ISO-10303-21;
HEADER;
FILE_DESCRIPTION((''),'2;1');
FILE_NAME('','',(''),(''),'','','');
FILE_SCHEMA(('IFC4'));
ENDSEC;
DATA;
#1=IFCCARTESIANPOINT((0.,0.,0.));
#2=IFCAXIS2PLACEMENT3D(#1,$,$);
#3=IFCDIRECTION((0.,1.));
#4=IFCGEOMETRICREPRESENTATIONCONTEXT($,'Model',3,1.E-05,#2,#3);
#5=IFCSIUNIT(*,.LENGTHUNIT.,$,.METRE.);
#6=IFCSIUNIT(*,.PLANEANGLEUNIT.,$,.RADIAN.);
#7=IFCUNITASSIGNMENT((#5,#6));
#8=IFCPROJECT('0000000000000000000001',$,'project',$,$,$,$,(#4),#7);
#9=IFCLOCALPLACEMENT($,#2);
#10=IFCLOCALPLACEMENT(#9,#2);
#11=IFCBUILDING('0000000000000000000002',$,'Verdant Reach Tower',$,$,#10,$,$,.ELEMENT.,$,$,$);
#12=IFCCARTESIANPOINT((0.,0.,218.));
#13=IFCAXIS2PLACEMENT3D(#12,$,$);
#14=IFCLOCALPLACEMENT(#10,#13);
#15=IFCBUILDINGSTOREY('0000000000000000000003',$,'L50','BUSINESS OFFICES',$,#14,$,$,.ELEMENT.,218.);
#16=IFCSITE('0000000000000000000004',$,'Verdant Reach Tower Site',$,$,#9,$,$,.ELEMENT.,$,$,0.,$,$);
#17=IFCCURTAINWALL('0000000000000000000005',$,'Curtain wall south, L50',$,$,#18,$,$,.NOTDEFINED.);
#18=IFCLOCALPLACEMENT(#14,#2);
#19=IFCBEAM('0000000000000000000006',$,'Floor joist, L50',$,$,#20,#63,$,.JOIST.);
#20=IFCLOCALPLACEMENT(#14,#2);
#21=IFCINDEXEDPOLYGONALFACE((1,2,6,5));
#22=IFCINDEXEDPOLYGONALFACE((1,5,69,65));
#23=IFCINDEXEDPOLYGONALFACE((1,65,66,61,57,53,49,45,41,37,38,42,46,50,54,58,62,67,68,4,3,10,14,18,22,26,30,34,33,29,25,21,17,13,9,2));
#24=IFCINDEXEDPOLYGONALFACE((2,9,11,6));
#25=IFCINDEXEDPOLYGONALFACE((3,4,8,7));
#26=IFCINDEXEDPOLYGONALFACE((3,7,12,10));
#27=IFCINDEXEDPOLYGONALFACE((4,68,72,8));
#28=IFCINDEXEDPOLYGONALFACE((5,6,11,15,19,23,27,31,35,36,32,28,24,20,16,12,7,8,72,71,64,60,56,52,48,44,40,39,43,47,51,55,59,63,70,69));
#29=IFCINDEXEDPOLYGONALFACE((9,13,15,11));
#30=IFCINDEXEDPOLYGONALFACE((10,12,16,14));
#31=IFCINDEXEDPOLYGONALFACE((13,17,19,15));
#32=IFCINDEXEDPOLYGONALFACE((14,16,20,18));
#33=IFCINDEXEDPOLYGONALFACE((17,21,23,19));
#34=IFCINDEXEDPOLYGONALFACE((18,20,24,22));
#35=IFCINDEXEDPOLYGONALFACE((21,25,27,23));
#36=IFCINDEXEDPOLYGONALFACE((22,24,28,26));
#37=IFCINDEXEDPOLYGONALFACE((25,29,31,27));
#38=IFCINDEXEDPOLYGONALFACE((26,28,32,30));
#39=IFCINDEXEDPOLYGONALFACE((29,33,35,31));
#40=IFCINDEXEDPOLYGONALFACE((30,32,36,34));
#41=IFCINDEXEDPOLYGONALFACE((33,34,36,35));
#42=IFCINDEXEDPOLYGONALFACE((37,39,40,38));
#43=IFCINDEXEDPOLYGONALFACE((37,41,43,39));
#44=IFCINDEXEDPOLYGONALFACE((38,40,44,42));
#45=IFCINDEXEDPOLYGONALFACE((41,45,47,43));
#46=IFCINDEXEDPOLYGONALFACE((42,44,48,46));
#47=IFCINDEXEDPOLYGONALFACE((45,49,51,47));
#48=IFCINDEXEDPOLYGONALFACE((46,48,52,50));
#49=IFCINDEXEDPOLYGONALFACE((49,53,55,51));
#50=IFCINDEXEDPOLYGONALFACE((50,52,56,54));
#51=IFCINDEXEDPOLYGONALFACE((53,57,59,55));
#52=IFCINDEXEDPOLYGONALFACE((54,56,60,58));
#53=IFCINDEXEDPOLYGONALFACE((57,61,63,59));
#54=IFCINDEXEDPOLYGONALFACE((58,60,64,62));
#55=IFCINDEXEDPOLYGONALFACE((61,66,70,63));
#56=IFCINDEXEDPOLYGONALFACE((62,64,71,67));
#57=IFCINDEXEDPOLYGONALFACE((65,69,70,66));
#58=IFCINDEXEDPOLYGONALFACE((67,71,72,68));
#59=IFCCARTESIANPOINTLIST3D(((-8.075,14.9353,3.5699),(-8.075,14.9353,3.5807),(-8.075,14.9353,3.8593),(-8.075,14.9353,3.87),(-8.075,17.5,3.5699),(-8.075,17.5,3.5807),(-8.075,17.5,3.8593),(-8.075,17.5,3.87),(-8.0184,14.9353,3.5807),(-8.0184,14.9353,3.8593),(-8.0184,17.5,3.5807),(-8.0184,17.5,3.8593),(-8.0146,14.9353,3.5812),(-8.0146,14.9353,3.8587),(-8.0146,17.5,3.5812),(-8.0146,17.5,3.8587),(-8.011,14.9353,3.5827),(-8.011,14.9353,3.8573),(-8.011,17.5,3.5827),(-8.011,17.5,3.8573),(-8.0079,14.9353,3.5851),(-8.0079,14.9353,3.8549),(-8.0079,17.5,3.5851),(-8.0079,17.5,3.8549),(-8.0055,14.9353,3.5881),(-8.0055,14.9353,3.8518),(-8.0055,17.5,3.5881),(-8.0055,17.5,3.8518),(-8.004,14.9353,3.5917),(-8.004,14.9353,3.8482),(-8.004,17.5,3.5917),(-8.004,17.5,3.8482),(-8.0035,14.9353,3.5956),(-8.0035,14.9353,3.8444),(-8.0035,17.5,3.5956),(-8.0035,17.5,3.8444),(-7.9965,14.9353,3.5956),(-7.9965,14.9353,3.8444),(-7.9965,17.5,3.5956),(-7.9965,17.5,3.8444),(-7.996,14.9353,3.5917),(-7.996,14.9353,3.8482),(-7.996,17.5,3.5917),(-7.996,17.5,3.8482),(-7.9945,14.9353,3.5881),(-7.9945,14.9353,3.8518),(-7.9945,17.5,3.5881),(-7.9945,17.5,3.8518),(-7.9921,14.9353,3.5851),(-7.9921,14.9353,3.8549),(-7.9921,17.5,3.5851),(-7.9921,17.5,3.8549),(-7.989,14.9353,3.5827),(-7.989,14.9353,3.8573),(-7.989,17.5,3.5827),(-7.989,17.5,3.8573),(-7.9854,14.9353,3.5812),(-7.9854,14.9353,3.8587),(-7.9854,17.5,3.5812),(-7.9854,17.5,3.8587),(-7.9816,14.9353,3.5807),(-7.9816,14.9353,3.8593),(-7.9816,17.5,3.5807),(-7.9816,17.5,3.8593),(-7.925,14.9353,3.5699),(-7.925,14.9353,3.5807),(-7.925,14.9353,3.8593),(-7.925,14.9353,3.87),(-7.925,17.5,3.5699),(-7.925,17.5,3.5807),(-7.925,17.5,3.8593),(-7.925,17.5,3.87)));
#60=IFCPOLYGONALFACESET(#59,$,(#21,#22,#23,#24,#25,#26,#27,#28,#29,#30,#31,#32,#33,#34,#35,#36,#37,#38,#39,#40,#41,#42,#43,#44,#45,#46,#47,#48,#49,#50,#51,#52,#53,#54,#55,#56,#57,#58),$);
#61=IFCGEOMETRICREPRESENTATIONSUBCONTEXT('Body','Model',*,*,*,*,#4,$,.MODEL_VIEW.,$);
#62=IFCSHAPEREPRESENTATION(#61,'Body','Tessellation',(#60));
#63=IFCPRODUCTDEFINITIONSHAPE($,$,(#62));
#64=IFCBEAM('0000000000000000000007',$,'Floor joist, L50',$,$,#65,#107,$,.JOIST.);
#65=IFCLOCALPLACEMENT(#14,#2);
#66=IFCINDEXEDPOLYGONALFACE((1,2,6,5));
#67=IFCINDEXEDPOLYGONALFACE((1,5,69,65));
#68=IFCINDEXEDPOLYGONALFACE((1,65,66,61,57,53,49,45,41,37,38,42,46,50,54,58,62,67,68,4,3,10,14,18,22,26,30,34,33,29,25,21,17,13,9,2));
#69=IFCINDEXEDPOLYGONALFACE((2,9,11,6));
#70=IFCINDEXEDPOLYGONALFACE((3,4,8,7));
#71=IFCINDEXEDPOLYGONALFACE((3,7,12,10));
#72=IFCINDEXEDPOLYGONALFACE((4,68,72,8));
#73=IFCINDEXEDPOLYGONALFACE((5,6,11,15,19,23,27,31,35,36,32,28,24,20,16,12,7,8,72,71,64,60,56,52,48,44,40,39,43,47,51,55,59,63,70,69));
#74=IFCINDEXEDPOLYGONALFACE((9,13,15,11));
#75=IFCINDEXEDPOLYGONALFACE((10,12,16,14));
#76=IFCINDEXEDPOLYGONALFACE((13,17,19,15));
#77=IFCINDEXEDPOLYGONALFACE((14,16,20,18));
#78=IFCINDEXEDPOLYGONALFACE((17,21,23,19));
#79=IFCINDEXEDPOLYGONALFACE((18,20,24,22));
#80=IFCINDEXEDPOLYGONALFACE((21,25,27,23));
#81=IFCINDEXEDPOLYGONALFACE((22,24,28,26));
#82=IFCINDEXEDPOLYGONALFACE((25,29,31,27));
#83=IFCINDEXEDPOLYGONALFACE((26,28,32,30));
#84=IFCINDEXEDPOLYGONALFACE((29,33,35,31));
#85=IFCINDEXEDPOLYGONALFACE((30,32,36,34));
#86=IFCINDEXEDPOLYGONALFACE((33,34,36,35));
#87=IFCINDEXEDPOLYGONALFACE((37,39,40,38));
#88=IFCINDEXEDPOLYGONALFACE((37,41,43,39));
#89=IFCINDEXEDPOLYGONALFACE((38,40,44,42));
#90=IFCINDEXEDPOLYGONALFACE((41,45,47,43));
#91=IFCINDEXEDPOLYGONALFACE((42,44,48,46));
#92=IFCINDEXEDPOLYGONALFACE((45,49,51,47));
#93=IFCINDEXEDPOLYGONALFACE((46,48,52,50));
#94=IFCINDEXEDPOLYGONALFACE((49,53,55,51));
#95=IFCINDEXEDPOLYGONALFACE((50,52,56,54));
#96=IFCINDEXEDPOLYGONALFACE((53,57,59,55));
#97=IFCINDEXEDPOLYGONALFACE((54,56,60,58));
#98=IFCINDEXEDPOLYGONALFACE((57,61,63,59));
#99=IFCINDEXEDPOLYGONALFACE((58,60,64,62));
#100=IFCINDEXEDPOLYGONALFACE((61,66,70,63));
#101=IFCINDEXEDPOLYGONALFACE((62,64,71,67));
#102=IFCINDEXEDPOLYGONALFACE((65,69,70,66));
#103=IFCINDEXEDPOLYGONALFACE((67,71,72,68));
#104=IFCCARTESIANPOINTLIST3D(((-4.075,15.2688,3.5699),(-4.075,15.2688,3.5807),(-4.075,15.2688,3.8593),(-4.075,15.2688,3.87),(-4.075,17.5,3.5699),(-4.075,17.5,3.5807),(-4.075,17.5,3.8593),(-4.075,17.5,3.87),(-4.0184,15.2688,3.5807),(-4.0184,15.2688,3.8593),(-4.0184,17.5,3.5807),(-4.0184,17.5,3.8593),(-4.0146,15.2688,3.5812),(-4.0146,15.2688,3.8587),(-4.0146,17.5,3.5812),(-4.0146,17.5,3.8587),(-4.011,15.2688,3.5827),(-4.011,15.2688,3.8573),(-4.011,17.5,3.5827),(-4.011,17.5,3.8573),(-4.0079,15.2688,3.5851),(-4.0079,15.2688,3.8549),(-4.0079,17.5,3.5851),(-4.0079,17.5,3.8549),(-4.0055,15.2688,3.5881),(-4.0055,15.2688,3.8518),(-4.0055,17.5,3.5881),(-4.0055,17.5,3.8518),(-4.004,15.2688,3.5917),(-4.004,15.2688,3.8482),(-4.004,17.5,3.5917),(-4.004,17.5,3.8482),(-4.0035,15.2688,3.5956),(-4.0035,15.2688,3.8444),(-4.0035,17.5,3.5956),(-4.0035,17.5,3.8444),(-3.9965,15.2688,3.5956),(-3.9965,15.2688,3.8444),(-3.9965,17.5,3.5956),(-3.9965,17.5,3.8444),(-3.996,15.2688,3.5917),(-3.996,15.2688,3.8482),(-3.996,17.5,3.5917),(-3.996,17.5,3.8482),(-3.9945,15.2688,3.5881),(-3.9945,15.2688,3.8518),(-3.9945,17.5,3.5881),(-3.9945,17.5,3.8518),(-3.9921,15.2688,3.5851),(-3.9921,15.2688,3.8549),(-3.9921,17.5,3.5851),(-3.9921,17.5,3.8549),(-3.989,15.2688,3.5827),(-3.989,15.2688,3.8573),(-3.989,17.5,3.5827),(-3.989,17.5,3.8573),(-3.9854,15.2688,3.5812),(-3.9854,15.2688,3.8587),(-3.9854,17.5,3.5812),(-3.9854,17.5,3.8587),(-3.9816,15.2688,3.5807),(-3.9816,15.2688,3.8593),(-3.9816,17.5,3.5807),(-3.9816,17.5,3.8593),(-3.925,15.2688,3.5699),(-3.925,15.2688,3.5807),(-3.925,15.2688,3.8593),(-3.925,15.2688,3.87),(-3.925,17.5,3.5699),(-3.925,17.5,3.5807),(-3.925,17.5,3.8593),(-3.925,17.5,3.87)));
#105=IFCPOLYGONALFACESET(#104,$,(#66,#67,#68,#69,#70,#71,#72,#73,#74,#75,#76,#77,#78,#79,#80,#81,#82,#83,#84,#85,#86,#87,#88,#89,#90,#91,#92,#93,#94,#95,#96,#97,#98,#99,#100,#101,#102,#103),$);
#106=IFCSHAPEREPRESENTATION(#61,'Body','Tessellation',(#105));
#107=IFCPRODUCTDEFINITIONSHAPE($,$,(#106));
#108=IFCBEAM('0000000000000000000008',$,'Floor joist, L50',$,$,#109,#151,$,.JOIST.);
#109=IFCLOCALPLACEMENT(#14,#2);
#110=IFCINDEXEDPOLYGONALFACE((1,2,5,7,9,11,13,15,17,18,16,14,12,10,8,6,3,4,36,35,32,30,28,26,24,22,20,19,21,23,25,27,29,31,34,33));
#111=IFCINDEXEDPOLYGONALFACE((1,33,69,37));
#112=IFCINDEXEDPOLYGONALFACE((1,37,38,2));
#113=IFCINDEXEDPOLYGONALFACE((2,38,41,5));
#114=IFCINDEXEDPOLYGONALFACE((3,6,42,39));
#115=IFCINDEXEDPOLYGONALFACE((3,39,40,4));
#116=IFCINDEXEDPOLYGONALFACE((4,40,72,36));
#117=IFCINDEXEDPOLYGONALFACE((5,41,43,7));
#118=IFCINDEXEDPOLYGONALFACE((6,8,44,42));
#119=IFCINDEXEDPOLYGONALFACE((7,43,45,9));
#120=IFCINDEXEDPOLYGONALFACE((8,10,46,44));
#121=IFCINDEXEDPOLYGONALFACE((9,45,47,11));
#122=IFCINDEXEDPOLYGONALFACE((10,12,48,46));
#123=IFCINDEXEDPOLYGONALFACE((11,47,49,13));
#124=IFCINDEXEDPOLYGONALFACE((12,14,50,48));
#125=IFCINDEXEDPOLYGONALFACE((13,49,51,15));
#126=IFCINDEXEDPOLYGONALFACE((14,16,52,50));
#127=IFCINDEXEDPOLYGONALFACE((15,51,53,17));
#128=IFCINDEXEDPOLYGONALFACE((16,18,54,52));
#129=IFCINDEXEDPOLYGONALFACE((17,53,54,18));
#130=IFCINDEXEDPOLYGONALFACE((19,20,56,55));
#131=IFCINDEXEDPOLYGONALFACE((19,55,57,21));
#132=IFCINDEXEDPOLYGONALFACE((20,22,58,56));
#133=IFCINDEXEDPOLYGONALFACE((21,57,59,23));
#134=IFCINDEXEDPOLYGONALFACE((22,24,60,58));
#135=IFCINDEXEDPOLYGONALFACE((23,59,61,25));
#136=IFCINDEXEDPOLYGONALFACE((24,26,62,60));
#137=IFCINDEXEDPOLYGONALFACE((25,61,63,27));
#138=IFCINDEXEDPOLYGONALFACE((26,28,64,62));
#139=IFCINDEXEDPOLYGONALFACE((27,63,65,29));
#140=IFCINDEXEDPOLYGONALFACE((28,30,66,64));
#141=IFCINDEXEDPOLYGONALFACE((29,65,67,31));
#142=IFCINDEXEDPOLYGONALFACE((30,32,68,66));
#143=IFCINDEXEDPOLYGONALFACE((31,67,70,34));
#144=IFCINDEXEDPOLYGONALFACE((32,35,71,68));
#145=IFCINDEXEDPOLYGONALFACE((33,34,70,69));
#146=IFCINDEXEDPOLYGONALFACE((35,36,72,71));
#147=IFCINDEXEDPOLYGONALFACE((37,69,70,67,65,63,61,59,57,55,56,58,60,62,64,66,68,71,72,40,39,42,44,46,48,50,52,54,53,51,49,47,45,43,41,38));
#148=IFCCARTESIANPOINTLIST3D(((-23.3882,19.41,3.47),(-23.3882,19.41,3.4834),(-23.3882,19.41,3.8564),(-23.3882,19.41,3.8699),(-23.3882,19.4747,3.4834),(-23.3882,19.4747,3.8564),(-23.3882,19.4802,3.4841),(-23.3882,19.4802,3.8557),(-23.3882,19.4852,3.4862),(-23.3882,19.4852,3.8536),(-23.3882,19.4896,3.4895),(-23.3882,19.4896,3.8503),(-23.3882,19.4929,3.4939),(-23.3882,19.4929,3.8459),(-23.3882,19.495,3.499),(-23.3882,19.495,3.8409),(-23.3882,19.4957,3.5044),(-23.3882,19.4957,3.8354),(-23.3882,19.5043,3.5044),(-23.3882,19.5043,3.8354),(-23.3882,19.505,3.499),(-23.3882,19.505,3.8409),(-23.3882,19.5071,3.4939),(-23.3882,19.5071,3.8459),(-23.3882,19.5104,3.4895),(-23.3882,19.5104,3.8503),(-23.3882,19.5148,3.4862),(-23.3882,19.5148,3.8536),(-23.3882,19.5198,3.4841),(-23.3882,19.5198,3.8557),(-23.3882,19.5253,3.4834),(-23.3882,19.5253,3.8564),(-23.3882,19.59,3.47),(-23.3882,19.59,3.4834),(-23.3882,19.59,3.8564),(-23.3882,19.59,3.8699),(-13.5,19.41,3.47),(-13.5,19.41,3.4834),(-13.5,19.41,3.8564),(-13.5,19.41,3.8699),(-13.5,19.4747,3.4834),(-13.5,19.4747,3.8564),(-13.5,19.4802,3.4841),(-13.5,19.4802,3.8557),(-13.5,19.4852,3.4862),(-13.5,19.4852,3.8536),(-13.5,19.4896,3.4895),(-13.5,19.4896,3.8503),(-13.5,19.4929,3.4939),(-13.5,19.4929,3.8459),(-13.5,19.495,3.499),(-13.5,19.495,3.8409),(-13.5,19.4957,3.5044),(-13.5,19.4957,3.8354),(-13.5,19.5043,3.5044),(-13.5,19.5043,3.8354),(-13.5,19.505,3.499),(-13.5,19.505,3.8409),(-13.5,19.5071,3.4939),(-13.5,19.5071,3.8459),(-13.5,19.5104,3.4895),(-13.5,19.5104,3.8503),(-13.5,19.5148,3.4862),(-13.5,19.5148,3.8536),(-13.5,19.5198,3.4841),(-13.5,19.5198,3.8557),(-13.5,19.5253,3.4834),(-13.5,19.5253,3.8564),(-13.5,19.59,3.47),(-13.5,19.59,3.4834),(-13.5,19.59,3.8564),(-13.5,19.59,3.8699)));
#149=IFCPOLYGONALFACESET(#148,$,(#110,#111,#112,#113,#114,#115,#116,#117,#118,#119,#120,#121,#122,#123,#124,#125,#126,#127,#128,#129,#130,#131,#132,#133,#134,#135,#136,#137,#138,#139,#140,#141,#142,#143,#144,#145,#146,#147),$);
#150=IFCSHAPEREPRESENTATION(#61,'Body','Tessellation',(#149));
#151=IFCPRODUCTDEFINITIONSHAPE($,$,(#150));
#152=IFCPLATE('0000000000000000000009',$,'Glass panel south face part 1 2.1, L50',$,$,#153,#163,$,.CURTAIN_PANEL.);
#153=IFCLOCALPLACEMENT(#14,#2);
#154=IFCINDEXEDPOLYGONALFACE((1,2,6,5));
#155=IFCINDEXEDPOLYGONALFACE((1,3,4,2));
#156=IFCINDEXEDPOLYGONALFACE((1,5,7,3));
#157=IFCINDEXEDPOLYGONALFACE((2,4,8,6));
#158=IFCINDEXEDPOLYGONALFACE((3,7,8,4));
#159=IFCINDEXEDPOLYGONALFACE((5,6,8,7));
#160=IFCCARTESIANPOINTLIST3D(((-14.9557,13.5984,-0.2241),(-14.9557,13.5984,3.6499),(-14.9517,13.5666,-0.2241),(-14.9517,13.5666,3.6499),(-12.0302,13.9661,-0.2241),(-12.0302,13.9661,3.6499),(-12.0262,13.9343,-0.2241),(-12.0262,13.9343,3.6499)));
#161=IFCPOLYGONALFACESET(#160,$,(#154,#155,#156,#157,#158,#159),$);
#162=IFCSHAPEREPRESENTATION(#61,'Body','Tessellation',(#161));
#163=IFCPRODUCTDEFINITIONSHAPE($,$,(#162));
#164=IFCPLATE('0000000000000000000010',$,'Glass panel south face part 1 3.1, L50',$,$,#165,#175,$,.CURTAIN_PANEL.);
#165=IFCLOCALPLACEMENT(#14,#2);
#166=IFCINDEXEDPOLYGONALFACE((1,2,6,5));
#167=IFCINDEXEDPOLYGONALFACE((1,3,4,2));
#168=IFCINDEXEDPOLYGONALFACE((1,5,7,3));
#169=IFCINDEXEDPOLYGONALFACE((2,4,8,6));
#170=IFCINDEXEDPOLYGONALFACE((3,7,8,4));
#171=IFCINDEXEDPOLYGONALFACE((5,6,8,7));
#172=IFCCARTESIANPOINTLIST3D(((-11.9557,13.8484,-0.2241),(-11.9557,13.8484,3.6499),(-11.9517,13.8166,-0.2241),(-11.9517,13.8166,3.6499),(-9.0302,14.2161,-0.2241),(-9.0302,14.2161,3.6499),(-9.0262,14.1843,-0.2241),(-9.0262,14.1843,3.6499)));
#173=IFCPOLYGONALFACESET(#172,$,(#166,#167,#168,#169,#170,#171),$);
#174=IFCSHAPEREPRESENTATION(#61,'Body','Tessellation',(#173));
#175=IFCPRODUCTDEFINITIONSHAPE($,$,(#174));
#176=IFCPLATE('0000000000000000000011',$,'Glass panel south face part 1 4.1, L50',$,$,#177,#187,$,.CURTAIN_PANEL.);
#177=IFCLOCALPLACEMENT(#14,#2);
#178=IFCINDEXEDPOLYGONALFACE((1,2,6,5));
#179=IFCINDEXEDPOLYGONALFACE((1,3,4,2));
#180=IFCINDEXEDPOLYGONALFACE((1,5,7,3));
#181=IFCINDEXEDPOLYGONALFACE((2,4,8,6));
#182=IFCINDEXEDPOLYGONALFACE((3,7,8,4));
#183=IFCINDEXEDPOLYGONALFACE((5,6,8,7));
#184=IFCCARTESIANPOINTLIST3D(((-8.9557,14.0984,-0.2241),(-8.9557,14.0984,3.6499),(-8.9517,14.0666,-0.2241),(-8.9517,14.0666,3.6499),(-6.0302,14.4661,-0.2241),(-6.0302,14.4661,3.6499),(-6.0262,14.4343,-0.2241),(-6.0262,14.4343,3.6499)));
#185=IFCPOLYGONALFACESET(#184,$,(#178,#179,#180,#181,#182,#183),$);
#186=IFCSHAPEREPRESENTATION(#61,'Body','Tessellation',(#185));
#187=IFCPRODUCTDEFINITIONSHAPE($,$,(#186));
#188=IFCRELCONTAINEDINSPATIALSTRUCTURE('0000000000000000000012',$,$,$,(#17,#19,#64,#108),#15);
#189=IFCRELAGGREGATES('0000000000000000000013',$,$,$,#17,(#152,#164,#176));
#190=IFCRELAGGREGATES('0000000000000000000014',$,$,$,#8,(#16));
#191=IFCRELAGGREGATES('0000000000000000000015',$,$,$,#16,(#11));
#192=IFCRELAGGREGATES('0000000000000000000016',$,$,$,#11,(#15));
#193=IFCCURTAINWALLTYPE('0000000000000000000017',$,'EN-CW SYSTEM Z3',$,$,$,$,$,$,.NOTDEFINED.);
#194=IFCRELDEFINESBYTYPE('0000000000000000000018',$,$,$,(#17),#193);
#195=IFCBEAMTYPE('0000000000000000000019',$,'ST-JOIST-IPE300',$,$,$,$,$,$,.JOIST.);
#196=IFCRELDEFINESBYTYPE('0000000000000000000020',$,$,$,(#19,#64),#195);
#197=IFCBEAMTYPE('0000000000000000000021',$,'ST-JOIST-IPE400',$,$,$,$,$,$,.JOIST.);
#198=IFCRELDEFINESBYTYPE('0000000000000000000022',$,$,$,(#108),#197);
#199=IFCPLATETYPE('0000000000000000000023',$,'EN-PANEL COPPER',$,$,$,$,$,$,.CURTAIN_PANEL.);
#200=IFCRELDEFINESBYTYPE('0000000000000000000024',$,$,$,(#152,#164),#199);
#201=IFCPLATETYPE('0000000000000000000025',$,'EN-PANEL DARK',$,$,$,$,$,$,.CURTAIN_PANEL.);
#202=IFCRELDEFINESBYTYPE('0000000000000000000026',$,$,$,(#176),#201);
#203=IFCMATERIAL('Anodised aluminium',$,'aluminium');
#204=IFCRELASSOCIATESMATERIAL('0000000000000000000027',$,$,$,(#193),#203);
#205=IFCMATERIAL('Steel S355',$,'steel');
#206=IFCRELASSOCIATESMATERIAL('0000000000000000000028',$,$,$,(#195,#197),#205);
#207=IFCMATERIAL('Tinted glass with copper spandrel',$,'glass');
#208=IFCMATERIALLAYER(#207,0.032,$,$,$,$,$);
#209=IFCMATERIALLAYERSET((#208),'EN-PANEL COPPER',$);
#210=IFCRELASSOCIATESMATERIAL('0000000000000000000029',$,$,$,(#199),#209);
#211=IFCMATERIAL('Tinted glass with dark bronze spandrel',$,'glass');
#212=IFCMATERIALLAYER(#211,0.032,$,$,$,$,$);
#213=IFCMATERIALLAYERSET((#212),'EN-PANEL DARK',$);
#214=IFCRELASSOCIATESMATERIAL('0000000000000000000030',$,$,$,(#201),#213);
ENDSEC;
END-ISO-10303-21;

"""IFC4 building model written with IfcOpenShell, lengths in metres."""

from ifc_helpers import new_model, si_unit, direction, frame, origin, origin_2d, place, context, subcontext, project, spatial, rectangle, i_section, extrude, material, layer, layer_set, material_profile, profile_set, type_object, element, aggregate, save


model = new_model("IFC4")

# Units and contexts
model_context = context("Model", 3, precision=1e-05, world=origin(), true_north=direction((0.0, 1.0)))
body_context = subcontext(model_context, "Body", "Model", "MODEL_VIEW")
ifc_project = project(units=[si_unit("LENGTHUNIT", "METRE"), si_unit("PLANEANGLEUNIT", "RADIAN")], contexts=[model_context])

# Site, building, storey
site_placement = place(None, origin())
site = spatial("IfcSite", under=ifc_project, at=site_placement, Name="Verdant Reach Tower Site", CompositionType="ELEMENT", RefElevation=0.0)
building_placement = place(site_placement, origin())
building = spatial("IfcBuilding", under=site, at=building_placement, Name="Verdant Reach Tower", CompositionType="ELEMENT")
storey_placement = place(building_placement, frame((0.0, 0.0, 218.0)))
storey = spatial("IfcBuildingStorey", under=building, at=storey_placement, Name="L50", Description="BUSINESS OFFICES", CompositionType="ELEMENT", Elevation=218.0)

# Curtain wall
ifc_material_1 = material(Name="Anodised aluminium", Category="aluminium")
curtain_wall_type = type_object("IfcCurtainWallType", Name="EN-CW SYSTEM Z3", PredefinedType="NOTDEFINED", material=ifc_material_1)
curtain_wall_placement = place(storey_placement, origin())
curtain_wall = element("IfcCurtainWall", 1, at=curtain_wall_placement, inside=storey, type_object=curtain_wall_type, Name="Curtain wall south, L50", PredefinedType="NOTDEFINED")

# Beams
ifc_material_2 = material(Name="Steel S355", Category="steel")
ifc_material_profile_1 = material_profile(ifc_material_2, i_section(OverallWidth=0.1499, OverallDepth=0.3, WebThickness=0.0071, FlangeThickness=0.0107, FilletRadius=0.0149, at=origin_2d()), Name="IPE 300")
ifc_profile_set_1 = profile_set([ifc_material_profile_1], Name="Steel S355")
beam_type_1 = type_object("IfcBeamType", Name="ST-JOIST-IPE300", PredefinedType="JOIST", material=ifc_profile_set_1)
beam_1_placement = place(storey_placement, frame((-8.0, 17.5, 3.72), z_axis=(0.0, -1.0, 0.0), x_axis=(1.0, 0.0, 0.0)))
element("IfcBeam", 2, at=beam_1_placement, inside=storey, type_object=beam_type_1, Name="Floor joist, L50", PredefinedType="JOIST", context=body_context, shape_type="SweptSolid", body=[
    extrude(i_section(OverallWidth=0.1499, OverallDepth=0.3, WebThickness=0.0071, FlangeThickness=0.0107, FilletRadius=0.0149, at=origin_2d()), origin(), (0.0, 0.0, 1.0), 2.5647),
])
beam_2_placement = place(storey_placement, frame((-4.0, 17.5, 3.72), z_axis=(0.0, -1.0, 0.0), x_axis=(1.0, 0.0, 0.0)))
element("IfcBeam", 3, at=beam_2_placement, inside=storey, type_object=beam_type_1, Name="Floor joist, L50", PredefinedType="JOIST", context=body_context, shape_type="SweptSolid", body=[
    extrude(i_section(OverallWidth=0.1499, OverallDepth=0.3, WebThickness=0.0071, FlangeThickness=0.0107, FilletRadius=0.0149, at=origin_2d()), origin(), (0.0, 0.0, 1.0), 2.2312),
])
ifc_material_profile_2 = material_profile(ifc_material_2, i_section(OverallWidth=0.1799, OverallDepth=0.3999, WebThickness=0.0085, FlangeThickness=0.0134, FilletRadius=0.021, at=origin_2d()), Name="IPE 400")
ifc_profile_set_2 = profile_set([ifc_material_profile_2], Name="Steel S355")
beam_type_2 = type_object("IfcBeamType", Name="ST-JOIST-IPE400", PredefinedType="JOIST", material=ifc_profile_set_2)
beam_3_placement = place(storey_placement, frame((-13.5, 19.5, 3.6699), z_axis=(-1.0, 0.0, 0.0), x_axis=(0.0, -1.0, 0.0)))
element("IfcBeam", 4, at=beam_3_placement, inside=storey, type_object=beam_type_2, Name="Floor joist, L50", PredefinedType="JOIST", context=body_context, shape_type="SweptSolid", body=[
    extrude(i_section(OverallWidth=0.1799, OverallDepth=0.3999, WebThickness=0.0085, FlangeThickness=0.0134, FilletRadius=0.021, at=origin_2d()), origin(), (0.0, 0.0, 1.0), 9.8882),
])

# Plates
ifc_material_3 = material(Name="Tinted glass with copper spandrel", Category="glass")
ifc_layer_1 = layer(ifc_material_3, 0.032)
ifc_layer_set_1 = layer_set([ifc_layer_1], Name="EN-PANEL COPPER")
plate_type_1 = type_object("IfcPlateType", Name="EN-PANEL COPPER", PredefinedType="CURTAIN_PANEL", material=ifc_layer_set_1)
plate_1_placement = place(storey_placement, frame((-13.491, 13.7664, -0.2241), z_axis=(0.0, 0.0, 1.0), x_axis=(0.992194, 0.124704, 0.0)))
plate_1 = element("IfcPlate", 5, at=plate_1_placement, type_object=plate_type_1, Name="Glass panel south face part 1 2.1, L50", PredefinedType="CURTAIN_PANEL", context=body_context, shape_type="SweptSolid", body=[
    extrude(rectangle(XDim=2.9485, YDim=0.032, at=origin_2d()), origin(), (0.0, 0.0, 1.0), 3.874),
])
plate_2_placement = place(storey_placement, frame((-10.491, 14.0164, -0.2241), z_axis=(0.0, 0.0, 1.0), x_axis=(0.992194, 0.124704, 0.0)))
plate_2 = element("IfcPlate", 6, at=plate_2_placement, type_object=plate_type_1, Name="Glass panel south face part 1 3.1, L50", PredefinedType="CURTAIN_PANEL", context=body_context, shape_type="SweptSolid", body=[
    extrude(rectangle(XDim=2.9485, YDim=0.032, at=origin_2d()), origin(), (0.0, 0.0, 1.0), 3.874),
])
ifc_material_4 = material(Name="Tinted glass with dark bronze spandrel", Category="glass")
ifc_layer_2 = layer(ifc_material_4, 0.032)
ifc_layer_set_2 = layer_set([ifc_layer_2], Name="EN-PANEL DARK")
plate_type_2 = type_object("IfcPlateType", Name="EN-PANEL DARK", PredefinedType="CURTAIN_PANEL", material=ifc_layer_set_2)
plate_3_placement = place(storey_placement, frame((-7.491, 14.2664, -0.2241), z_axis=(0.0, 0.0, 1.0), x_axis=(0.992194, 0.124704, 0.0)))
plate_3 = element("IfcPlate", 7, at=plate_3_placement, type_object=plate_type_2, Name="Glass panel south face part 1 4.1, L50", PredefinedType="CURTAIN_PANEL", context=body_context, shape_type="SweptSolid", body=[
    extrude(rectangle(XDim=2.9485, YDim=0.032, at=origin_2d()), origin(), (0.0, 0.0, 1.0), 3.874),
])
aggregate(curtain_wall, [plate_1, plate_2, plate_3])

save(model, "model.ifc")
